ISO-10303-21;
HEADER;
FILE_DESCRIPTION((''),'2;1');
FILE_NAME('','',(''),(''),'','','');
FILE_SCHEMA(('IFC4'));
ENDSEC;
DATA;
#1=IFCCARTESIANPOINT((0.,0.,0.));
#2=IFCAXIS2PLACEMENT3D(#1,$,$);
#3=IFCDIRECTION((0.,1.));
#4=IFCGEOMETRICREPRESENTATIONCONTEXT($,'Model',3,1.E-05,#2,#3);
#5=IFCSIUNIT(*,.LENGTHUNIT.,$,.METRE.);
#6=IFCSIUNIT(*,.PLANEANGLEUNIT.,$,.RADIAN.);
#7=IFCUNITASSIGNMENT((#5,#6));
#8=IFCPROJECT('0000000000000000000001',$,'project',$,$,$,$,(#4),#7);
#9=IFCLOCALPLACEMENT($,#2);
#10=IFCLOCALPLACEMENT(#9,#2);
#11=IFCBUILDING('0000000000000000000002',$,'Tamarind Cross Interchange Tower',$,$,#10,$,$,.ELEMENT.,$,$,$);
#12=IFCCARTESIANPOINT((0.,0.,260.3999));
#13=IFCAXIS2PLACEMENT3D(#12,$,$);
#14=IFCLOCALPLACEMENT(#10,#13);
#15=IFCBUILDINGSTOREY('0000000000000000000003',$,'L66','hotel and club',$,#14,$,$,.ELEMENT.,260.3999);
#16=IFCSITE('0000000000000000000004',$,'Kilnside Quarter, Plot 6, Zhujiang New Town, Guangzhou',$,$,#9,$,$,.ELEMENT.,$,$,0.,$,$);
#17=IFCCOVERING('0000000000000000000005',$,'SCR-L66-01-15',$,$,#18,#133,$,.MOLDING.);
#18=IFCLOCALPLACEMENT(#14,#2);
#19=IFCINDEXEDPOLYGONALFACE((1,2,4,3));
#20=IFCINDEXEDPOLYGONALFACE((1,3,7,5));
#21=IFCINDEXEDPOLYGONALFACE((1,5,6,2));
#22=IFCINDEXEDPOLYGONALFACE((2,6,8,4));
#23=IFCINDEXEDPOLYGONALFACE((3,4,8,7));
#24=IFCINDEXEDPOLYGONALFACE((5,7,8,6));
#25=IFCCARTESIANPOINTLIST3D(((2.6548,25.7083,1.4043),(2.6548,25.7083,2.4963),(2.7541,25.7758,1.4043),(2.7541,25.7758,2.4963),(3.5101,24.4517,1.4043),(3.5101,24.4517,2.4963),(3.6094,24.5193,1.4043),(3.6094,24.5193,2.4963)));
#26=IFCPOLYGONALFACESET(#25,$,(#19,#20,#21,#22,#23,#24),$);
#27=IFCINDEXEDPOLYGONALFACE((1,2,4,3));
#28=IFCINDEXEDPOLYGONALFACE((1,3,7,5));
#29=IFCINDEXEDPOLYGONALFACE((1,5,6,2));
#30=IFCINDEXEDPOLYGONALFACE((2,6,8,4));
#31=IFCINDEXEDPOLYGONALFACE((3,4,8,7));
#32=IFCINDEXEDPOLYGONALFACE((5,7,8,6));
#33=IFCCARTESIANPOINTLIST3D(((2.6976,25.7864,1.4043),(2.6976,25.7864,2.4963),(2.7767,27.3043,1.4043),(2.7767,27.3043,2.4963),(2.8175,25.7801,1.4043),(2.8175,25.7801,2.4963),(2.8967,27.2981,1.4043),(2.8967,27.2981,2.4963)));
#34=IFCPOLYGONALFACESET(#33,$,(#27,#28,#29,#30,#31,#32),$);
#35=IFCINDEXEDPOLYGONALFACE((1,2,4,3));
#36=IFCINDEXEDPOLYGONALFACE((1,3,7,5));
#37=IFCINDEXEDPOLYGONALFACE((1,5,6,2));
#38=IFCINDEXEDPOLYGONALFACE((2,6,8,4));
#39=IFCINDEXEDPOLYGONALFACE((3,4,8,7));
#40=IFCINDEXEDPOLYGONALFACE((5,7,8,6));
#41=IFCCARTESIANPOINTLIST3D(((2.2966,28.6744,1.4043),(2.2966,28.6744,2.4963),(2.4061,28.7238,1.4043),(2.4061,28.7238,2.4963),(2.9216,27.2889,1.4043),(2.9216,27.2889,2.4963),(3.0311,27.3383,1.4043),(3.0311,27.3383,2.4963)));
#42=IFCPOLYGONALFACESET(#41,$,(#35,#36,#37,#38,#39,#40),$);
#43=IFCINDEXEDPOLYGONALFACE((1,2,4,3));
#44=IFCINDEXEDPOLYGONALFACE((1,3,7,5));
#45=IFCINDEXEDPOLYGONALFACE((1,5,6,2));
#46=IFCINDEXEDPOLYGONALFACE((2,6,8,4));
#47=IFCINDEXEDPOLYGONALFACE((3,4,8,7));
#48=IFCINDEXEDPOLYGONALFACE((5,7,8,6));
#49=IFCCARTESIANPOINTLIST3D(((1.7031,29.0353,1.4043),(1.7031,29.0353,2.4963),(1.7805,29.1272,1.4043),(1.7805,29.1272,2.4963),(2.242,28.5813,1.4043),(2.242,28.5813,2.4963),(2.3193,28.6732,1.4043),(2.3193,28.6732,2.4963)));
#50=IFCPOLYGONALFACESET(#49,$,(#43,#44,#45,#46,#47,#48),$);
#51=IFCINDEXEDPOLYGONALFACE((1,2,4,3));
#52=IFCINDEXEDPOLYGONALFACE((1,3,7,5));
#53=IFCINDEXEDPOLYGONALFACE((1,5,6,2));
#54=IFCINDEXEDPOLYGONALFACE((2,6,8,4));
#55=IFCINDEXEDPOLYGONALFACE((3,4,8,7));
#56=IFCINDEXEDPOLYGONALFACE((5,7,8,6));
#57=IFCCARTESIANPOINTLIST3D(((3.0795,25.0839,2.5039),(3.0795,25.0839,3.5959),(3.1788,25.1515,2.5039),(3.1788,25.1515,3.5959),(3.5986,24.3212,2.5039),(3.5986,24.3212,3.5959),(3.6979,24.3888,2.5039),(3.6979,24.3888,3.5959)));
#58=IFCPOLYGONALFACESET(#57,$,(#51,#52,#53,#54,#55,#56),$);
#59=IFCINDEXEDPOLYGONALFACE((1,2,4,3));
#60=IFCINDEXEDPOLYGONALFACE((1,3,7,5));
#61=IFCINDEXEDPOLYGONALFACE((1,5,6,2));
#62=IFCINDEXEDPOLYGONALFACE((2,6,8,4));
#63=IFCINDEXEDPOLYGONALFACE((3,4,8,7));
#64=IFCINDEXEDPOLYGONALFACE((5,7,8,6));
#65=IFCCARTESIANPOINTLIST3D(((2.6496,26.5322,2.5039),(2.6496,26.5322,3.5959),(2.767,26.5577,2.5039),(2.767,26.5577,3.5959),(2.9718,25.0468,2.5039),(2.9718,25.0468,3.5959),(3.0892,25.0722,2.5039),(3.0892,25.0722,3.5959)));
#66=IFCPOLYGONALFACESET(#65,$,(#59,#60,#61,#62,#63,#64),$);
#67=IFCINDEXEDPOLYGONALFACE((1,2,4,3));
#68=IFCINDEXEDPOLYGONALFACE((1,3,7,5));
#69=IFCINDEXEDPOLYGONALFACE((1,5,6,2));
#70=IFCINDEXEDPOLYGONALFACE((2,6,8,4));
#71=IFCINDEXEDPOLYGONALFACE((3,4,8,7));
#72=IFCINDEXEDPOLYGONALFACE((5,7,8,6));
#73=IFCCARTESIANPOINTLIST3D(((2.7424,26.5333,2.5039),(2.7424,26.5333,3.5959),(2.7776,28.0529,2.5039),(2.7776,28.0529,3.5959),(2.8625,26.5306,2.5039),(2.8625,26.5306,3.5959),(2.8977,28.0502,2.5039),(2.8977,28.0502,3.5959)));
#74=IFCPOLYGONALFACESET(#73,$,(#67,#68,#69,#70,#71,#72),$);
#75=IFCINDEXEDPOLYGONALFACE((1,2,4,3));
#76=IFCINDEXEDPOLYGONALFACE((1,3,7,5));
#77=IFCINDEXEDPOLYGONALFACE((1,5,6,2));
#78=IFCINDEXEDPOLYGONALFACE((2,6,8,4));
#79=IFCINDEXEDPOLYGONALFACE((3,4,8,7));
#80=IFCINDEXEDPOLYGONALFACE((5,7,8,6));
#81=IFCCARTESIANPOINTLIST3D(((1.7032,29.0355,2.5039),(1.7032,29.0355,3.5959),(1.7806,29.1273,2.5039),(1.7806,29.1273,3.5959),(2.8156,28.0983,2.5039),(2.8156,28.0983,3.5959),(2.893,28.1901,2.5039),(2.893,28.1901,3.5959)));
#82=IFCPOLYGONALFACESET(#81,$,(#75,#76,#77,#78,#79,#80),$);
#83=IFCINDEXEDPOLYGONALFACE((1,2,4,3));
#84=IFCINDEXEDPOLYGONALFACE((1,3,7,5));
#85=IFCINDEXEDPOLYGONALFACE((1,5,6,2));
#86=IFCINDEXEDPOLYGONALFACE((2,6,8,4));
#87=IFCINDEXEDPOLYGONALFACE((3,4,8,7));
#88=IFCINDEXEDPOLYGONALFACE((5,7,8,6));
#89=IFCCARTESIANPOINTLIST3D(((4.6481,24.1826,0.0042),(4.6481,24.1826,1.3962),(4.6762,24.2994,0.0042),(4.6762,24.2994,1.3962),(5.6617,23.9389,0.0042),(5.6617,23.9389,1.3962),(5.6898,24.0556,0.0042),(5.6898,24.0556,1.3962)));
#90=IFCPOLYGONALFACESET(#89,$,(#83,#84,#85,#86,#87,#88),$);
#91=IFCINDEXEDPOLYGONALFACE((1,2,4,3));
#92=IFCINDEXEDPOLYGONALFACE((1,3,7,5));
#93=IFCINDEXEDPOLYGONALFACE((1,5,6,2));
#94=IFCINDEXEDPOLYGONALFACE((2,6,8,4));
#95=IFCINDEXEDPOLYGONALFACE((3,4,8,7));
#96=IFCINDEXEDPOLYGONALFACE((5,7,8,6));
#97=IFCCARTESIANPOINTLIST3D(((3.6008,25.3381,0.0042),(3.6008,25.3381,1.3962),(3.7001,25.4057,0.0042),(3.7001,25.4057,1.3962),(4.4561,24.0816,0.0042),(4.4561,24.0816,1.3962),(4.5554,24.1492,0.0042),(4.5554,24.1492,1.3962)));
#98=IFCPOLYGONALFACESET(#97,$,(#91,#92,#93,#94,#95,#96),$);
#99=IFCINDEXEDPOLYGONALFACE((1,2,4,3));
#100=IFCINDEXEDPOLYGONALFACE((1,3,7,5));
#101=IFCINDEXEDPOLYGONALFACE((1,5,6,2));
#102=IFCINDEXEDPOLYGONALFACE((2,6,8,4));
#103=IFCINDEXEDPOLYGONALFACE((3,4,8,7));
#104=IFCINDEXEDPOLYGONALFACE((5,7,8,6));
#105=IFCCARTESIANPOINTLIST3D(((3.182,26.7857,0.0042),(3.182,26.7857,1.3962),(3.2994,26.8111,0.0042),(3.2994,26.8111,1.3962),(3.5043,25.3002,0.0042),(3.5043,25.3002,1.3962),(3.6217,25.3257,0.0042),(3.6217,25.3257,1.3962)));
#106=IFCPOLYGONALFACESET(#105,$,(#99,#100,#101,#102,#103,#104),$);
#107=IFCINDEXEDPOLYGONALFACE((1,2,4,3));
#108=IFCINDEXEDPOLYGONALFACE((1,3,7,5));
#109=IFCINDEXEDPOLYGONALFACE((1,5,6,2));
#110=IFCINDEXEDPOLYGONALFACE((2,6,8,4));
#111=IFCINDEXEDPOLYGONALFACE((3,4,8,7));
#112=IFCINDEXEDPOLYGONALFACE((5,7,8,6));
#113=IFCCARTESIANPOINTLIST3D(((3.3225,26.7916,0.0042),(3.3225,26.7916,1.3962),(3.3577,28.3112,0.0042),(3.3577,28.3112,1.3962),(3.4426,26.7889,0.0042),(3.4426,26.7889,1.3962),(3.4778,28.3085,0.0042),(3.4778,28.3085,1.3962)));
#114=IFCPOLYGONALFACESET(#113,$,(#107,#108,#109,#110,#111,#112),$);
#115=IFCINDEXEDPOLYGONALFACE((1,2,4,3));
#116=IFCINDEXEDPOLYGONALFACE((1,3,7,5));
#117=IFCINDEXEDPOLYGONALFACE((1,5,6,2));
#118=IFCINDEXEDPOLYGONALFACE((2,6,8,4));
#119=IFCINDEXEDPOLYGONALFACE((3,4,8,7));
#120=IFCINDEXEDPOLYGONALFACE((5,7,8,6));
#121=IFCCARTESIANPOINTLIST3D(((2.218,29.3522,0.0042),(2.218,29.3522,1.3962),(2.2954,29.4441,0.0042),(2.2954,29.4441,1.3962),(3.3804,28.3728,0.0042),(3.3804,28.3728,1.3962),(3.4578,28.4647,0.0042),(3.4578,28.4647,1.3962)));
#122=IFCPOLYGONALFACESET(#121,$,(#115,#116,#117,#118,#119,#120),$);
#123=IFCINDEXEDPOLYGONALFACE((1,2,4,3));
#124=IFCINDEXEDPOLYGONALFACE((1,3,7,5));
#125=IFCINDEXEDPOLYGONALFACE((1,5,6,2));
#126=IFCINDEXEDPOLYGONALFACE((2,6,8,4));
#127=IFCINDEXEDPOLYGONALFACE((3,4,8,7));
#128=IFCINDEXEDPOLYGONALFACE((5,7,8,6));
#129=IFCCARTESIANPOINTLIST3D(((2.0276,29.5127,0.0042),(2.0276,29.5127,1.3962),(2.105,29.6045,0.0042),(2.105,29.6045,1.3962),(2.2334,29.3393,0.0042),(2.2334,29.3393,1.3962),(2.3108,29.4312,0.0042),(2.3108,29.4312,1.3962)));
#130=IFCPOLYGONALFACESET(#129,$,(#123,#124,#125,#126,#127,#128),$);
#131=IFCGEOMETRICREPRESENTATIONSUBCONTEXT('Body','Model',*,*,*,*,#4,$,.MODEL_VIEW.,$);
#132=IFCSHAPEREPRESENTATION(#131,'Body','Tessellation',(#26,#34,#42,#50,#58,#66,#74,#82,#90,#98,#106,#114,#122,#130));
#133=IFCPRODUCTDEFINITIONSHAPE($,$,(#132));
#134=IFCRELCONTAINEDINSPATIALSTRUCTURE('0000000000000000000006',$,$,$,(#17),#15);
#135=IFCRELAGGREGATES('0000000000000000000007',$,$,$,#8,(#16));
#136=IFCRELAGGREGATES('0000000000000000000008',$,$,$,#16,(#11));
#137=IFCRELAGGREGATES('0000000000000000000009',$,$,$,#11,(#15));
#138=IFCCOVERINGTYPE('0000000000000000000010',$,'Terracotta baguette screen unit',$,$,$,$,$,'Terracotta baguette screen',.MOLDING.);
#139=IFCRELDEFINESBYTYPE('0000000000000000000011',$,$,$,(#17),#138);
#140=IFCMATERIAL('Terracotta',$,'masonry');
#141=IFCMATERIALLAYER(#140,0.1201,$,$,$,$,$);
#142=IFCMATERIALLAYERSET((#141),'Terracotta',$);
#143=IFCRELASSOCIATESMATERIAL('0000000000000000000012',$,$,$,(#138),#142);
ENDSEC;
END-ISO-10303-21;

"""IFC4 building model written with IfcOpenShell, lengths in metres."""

from ifc_helpers import new_model, si_unit, direction, frame, origin, origin_2d, place, context, subcontext, project, spatial, rectangle, extrude, material, layer, layer_set, type_object, element, save


model = new_model("IFC4")

# Units and contexts
model_context = context("Model", 3, precision=1e-05, world=origin(), true_north=direction((0.0, 1.0)))
body_context = subcontext(model_context, "Body", "Model", "MODEL_VIEW")
ifc_project = project(units=[si_unit("LENGTHUNIT", "METRE"), si_unit("PLANEANGLEUNIT", "RADIAN")], contexts=[model_context])

# Site, building, storey
site_placement = place(None, origin())
site = spatial("IfcSite", under=ifc_project, at=site_placement, Name="Kilnside Quarter, Plot 6, Zhujiang New Town, Guangzhou", CompositionType="ELEMENT", RefElevation=0.0)
building_placement = place(site_placement, origin())
building = spatial("IfcBuilding", under=site, at=building_placement, Name="Tamarind Cross Interchange Tower", CompositionType="ELEMENT")
storey_placement = place(building_placement, frame((0.0, 0.0, 260.3999)))
storey = spatial("IfcBuildingStorey", under=building, at=storey_placement, Name="L66", Description="hotel and club", CompositionType="ELEMENT", Elevation=260.3999)

# Covering
ifc_material_1 = material(Name="Terracotta", Category="masonry")
ifc_layer_1 = layer(ifc_material_1, 0.1201)
ifc_layer_set_1 = layer_set([ifc_layer_1], Name="Terracotta")
covering_type = type_object("IfcCoveringType", Name="Terracotta baguette screen unit", ElementType="Terracotta baguette screen", PredefinedType="MOLDING", material=ifc_layer_set_1)
covering_1_placement = place(storey_placement, origin())
element("IfcCovering", 1, at=covering_1_placement, inside=storey, type_object=covering_type, Name="SCR-L66-01-15", PredefinedType="MOLDING", context=body_context, shape_type="SweptSolid", body=[
    extrude(rectangle(XDim=1.52, YDim=0.1201, at=origin_2d()), frame((3.1321, 25.1138, 1.4043), z_axis=(0.0, 0.0, 1.0), x_axis=(-0.562669, 0.826682, 0.0)), (0.0, 0.0, 1.0), 1.092),
    extrude(rectangle(XDim=1.52, YDim=0.1201, at=origin_2d()), frame((2.7971, 26.5422, 1.4043), z_axis=(0.0, 0.0, 1.0), x_axis=(0.052067, 0.998644, 0.0)), (0.0, 0.0, 1.0), 1.092),
    extrude(rectangle(XDim=1.52, YDim=0.1201, at=origin_2d()), frame((2.6638, 28.0063, 1.4043), z_axis=(0.0, 0.0, 1.0), x_axis=(-0.411194, 0.911548, 0.0)), (0.0, 0.0, 1.0), 1.092),
    extrude(rectangle(XDim=0.7046, YDim=0.1201, at=origin_2d()), frame((2.0112, 28.8542, 1.4043), z_axis=(0.0, 0.0, 1.0), x_axis=(-0.764756, 0.64432, 0.0)), (0.0, 0.0, 1.0), 1.092),
    extrude(rectangle(XDim=0.9226, YDim=0.1201, at=origin_2d()), frame((3.3887, 24.7363, 2.5039), z_axis=(0.0, 0.0, 1.0), x_axis=(-0.562669, 0.826682, 0.0)), (0.0, 0.0, 1.0), 1.092),
    extrude(rectangle(XDim=1.52, YDim=0.1201, at=origin_2d()), frame((2.8694, 25.8022, 2.5039), z_axis=(0.0, 0.0, 1.0), x_axis=(-0.211994, 0.977271, 0.0)), (0.0, 0.0, 1.0), 1.092),
    extrude(rectangle(XDim=1.52, YDim=0.1201, at=origin_2d()), frame((2.8201, 27.2917, 2.5039), z_axis=(0.0, 0.0, 1.0), x_axis=(0.023133, 0.999732, 0.0)), (0.0, 0.0, 1.0), 1.092),
    extrude(rectangle(XDim=1.4546, YDim=0.1201, at=origin_2d()), frame((2.2981, 28.6128, 2.5039), z_axis=(0.0, 0.0, 1.0), x_axis=(-0.764756, 0.64432, 0.0)), (0.0, 0.0, 1.0), 1.092),
    extrude(rectangle(XDim=1.0425, YDim=0.1201, at=origin_2d()), frame((5.1689, 24.1191, 0.0042), z_axis=(0.0, 0.0, 1.0), x_axis=(-0.972274, 0.233846, 0.0)), (0.0, 0.0, 1.0), 1.3921),
    extrude(rectangle(XDim=1.52, YDim=0.1201, at=origin_2d()), frame((4.0781, 24.7437, 0.0042), z_axis=(0.0, 0.0, 1.0), x_axis=(-0.562669, 0.826682, 0.0)), (0.0, 0.0, 1.0), 1.3921),
    extrude(rectangle(XDim=1.52, YDim=0.1201, at=origin_2d()), frame((3.4019, 26.0557, 0.0042), z_axis=(0.0, 0.0, 1.0), x_axis=(-0.211994, 0.977271, 0.0)), (0.0, 0.0, 1.0), 1.3921),
    extrude(rectangle(XDim=1.52, YDim=0.1201, at=origin_2d()), frame((3.4001, 27.55, 0.0042), z_axis=(0.0, 0.0, 1.0), x_axis=(0.023133, 0.999732, 0.0)), (0.0, 0.0, 1.0), 1.3921),
    extrude(rectangle(XDim=1.52, YDim=0.1201, at=origin_2d()), frame((2.8379, 28.9084, 0.0042), z_axis=(0.0, 0.0, 1.0), x_axis=(-0.764756, 0.64432, 0.0)), (0.0, 0.0, 1.0), 1.3921),
    extrude(rectangle(XDim=0.269, YDim=0.1201, at=origin_2d()), frame((2.1692, 29.4719, 0.0042), z_axis=(0.0, 0.0, 1.0), x_axis=(-0.764756, 0.64432, 0.0)), (0.0, 0.0, 1.0), 1.3921),
])

save(model, "model.ifc")
